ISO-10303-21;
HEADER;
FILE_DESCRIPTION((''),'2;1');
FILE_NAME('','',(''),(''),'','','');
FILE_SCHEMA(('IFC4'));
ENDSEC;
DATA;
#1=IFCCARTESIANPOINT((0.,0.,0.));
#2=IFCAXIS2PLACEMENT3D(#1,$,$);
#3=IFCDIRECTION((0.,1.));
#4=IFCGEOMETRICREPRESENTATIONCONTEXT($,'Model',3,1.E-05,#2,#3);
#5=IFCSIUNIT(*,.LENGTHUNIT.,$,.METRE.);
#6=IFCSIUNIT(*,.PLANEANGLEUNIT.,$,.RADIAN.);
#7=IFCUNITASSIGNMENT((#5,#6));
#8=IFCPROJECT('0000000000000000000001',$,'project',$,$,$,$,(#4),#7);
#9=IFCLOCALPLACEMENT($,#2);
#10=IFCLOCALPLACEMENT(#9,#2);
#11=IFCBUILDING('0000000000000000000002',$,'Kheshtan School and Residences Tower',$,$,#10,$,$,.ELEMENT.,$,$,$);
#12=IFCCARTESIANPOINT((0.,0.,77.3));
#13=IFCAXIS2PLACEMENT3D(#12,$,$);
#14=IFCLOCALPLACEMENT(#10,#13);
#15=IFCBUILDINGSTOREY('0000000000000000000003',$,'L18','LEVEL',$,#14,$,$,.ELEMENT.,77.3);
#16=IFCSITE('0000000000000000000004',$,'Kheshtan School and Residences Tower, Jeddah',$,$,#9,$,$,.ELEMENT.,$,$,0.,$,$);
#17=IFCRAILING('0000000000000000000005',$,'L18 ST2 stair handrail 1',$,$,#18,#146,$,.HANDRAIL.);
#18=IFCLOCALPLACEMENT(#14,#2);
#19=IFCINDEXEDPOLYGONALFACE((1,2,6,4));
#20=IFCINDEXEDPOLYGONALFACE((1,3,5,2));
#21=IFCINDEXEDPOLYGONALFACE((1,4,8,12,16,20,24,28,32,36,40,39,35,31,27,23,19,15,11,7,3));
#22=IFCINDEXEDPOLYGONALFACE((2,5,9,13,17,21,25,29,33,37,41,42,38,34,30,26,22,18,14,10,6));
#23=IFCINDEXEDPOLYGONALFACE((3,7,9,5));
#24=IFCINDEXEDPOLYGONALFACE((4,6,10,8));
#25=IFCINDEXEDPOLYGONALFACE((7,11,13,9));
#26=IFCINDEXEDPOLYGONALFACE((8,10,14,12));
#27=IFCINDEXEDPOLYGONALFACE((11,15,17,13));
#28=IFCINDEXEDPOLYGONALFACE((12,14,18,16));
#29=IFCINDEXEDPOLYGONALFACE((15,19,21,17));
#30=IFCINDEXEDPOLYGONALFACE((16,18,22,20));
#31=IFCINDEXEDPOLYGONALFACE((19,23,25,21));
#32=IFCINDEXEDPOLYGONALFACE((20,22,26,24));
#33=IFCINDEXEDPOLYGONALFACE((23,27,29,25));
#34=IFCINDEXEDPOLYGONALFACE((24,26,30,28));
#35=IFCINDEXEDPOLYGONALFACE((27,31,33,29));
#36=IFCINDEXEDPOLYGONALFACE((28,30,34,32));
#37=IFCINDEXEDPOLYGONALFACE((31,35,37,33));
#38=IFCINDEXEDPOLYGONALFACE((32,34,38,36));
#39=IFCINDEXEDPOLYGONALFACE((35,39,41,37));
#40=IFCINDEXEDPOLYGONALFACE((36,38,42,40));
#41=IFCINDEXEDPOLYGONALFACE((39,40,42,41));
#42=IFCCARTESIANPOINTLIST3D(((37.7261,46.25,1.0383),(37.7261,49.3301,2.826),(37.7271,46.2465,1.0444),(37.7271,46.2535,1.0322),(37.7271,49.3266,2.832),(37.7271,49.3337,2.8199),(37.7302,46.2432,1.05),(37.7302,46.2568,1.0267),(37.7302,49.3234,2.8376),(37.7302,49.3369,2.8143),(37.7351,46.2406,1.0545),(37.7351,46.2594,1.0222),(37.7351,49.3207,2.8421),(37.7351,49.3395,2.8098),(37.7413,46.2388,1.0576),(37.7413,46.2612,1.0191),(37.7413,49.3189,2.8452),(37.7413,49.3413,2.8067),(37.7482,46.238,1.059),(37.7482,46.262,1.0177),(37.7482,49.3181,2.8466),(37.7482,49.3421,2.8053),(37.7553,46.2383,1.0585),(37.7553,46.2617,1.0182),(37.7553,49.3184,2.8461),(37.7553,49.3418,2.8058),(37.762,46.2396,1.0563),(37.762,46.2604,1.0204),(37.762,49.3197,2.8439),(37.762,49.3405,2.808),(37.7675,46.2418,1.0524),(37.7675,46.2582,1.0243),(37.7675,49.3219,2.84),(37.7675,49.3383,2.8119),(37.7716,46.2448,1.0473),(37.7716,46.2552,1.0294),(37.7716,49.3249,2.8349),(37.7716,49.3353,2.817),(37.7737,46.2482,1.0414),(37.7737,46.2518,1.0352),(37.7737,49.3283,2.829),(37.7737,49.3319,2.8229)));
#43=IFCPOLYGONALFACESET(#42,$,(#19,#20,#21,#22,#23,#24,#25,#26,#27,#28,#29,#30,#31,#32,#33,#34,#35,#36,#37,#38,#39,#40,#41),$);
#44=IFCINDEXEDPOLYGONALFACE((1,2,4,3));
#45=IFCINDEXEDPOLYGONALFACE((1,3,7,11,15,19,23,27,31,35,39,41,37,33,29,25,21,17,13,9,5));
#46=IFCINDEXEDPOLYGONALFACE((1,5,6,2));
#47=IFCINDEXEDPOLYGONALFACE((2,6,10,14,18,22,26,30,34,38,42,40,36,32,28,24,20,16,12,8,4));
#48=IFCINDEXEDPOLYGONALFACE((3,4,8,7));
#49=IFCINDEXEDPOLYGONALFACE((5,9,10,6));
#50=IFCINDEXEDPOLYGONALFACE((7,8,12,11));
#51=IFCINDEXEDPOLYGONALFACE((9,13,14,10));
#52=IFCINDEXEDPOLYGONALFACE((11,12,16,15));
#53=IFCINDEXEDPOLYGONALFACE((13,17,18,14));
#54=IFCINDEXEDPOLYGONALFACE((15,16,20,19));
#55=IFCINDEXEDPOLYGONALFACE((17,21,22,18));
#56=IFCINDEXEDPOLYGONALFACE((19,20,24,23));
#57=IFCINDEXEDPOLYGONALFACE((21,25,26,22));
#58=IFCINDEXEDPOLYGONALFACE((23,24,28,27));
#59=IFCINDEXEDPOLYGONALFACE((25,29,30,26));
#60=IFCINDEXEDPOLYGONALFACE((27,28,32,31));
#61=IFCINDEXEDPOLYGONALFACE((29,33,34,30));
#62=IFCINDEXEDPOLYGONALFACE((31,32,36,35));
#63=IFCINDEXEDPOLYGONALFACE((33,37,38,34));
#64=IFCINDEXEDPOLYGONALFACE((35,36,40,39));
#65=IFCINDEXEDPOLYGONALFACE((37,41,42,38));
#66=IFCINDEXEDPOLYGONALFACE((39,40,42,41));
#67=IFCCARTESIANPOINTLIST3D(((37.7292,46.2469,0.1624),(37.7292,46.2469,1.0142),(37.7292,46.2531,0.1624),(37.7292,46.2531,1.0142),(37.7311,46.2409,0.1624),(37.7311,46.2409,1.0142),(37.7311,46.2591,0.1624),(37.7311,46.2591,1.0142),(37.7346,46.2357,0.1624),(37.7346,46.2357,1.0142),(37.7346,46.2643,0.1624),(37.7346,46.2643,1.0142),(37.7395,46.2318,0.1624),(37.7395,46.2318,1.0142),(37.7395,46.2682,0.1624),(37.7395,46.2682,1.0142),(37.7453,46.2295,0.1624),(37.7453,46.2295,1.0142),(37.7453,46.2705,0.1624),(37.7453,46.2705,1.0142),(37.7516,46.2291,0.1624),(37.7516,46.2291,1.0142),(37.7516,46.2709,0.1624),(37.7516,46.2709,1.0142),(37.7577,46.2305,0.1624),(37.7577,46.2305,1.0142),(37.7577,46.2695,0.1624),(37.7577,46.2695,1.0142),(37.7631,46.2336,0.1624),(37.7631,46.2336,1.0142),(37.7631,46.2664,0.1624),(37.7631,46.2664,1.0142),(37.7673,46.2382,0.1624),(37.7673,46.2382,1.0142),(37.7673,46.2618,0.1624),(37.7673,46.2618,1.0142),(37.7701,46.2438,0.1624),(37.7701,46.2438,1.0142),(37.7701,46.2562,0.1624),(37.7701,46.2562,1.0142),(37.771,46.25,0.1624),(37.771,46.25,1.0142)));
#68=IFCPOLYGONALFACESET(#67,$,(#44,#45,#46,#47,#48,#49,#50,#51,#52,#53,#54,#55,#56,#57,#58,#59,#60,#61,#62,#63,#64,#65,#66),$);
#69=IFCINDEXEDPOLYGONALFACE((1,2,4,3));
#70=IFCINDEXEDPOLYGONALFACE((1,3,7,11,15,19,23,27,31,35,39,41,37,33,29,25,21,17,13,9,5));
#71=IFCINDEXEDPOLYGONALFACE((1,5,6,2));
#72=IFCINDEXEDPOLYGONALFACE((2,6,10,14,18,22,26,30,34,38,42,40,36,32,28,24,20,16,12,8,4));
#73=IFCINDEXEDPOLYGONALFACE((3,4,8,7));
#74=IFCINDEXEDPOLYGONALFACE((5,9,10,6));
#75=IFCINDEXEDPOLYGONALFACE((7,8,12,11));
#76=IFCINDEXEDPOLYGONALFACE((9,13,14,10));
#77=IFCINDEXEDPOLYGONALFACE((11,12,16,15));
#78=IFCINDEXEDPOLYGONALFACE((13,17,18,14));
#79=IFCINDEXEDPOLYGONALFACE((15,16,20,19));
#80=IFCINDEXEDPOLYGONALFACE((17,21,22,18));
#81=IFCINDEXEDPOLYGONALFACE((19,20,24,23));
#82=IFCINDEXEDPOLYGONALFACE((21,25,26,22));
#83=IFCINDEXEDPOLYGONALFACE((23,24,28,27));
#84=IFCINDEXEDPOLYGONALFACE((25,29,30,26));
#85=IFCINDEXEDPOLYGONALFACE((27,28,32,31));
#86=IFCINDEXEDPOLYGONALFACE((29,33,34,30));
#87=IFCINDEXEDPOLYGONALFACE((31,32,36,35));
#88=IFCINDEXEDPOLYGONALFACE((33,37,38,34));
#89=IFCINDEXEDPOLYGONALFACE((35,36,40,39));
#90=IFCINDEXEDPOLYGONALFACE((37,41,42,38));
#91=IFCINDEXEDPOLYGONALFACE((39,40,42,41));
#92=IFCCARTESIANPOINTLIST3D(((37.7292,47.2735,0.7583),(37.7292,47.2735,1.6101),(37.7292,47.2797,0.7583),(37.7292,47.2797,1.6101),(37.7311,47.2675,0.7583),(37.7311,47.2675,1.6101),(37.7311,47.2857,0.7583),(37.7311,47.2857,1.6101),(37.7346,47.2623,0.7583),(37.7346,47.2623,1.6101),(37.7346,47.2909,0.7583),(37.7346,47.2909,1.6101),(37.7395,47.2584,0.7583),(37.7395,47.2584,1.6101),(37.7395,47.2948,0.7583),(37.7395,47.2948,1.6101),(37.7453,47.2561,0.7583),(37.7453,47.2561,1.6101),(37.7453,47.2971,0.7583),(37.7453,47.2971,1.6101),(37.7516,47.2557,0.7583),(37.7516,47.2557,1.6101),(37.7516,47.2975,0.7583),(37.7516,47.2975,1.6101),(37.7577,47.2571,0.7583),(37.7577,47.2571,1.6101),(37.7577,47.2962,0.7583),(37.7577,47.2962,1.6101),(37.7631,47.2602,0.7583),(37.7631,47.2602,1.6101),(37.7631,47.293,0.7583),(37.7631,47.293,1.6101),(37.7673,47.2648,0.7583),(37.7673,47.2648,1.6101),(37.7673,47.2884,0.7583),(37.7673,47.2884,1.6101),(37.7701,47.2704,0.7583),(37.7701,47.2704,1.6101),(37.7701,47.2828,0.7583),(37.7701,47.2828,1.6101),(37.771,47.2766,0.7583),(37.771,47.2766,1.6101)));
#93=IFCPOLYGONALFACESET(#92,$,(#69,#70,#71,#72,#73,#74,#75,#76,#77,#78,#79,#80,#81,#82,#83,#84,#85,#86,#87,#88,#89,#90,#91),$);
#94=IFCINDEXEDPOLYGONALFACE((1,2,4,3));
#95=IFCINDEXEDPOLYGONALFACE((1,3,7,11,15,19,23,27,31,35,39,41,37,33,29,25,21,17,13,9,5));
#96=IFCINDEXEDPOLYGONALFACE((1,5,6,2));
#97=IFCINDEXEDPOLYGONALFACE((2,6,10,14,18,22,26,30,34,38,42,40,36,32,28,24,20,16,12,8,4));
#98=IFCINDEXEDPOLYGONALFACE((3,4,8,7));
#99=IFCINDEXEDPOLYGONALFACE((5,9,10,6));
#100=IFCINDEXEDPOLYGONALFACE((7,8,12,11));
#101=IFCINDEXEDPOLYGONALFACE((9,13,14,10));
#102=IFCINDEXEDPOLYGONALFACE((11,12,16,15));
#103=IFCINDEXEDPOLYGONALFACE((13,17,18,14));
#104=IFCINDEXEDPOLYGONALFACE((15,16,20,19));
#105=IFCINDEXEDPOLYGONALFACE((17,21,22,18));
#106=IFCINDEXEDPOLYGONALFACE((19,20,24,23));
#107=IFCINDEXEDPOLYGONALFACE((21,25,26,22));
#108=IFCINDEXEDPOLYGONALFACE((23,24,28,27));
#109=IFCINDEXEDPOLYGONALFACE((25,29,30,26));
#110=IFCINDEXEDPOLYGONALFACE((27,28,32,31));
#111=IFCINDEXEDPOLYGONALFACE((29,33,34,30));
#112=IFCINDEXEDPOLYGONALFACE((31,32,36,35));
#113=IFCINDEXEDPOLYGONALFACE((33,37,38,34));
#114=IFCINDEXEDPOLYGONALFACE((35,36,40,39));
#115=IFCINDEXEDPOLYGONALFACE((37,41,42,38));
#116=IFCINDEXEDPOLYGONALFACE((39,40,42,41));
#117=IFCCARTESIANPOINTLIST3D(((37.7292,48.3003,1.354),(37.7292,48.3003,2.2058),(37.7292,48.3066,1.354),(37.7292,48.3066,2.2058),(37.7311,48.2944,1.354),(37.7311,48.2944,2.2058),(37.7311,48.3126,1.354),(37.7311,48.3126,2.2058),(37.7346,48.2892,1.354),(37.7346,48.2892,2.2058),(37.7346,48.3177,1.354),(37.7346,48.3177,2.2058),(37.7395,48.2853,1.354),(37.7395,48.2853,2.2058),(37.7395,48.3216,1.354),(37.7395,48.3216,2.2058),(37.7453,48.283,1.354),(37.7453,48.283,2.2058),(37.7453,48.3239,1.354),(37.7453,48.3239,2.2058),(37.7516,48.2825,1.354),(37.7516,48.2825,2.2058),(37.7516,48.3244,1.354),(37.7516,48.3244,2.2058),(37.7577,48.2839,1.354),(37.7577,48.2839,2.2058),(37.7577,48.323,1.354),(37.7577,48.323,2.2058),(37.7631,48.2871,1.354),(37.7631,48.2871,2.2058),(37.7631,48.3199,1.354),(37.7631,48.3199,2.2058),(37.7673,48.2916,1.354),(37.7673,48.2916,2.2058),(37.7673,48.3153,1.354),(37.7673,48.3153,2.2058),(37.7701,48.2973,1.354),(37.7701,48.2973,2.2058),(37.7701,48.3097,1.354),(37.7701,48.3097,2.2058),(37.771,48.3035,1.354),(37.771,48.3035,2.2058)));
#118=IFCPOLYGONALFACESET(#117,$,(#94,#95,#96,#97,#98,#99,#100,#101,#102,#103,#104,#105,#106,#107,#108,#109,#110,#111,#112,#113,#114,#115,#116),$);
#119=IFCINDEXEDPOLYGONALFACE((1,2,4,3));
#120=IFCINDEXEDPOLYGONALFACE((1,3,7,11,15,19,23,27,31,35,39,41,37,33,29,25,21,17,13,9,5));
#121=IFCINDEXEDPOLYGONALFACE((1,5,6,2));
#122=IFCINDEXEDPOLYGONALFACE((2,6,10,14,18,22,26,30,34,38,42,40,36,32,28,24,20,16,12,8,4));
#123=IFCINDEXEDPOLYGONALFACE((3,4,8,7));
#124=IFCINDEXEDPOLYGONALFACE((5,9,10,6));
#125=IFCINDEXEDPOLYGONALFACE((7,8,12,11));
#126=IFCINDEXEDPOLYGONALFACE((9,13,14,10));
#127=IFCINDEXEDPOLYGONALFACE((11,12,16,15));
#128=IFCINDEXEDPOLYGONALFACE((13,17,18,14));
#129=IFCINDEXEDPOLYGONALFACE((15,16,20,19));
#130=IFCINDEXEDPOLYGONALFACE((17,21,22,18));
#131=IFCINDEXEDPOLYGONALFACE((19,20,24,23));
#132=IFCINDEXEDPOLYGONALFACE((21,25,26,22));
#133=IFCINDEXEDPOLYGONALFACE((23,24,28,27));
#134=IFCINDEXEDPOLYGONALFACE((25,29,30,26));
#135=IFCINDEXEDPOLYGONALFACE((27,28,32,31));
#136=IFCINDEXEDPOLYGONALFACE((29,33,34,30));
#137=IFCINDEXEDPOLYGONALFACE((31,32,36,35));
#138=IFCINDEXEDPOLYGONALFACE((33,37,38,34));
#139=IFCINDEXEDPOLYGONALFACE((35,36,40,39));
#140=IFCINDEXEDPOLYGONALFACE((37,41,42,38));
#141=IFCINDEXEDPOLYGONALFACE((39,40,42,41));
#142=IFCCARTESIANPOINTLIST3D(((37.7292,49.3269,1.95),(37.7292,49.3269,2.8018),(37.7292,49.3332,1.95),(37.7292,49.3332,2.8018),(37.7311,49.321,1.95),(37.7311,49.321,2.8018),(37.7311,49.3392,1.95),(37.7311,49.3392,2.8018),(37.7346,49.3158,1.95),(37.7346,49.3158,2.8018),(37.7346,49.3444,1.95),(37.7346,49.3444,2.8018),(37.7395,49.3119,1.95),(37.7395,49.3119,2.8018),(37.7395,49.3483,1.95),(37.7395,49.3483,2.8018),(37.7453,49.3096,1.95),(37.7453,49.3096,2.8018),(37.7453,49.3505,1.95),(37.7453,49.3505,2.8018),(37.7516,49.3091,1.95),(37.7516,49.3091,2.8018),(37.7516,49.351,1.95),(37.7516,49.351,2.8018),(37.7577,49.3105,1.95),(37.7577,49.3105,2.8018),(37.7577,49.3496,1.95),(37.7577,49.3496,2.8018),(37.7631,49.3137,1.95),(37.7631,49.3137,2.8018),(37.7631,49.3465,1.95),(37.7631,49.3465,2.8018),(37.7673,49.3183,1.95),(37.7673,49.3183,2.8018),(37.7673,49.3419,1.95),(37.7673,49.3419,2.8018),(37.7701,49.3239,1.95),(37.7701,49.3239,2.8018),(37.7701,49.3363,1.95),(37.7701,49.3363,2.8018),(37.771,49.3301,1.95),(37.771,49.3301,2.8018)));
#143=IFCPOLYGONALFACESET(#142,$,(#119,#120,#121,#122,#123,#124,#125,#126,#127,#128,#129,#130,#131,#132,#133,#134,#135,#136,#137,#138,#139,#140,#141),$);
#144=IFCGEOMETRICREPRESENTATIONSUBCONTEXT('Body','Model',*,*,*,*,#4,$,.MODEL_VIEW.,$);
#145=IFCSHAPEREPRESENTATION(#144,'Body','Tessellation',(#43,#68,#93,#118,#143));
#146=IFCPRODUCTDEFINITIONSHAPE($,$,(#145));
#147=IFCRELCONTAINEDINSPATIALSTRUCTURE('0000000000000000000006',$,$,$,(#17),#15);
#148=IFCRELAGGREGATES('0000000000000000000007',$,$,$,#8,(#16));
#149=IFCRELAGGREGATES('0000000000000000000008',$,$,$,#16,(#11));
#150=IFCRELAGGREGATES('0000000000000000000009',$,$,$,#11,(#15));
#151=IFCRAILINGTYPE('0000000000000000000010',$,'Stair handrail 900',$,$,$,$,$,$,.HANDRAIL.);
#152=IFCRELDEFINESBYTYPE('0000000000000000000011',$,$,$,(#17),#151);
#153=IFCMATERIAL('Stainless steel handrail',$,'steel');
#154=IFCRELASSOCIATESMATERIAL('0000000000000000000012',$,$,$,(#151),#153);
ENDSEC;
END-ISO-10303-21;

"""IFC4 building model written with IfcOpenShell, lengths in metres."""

from ifc_helpers import new_model, si_unit, direction, frame, origin, origin_2d, place, context, subcontext, project, spatial, circle, extrude, material, type_object, element, save


model = new_model("IFC4")

# Units and contexts
model_context = context("Model", 3, precision=1e-05, world=origin(), true_north=direction((0.0, 1.0)))
body_context = subcontext(model_context, "Body", "Model", "MODEL_VIEW")
ifc_project = project(units=[si_unit("LENGTHUNIT", "METRE"), si_unit("PLANEANGLEUNIT", "RADIAN")], contexts=[model_context])

# Site, building, storey
site_placement = place(None, origin())
site = spatial("IfcSite", under=ifc_project, at=site_placement, Name="Kheshtan School and Residences Tower, Jeddah", CompositionType="ELEMENT", RefElevation=0.0)
building_placement = place(site_placement, origin())
building = spatial("IfcBuilding", under=site, at=building_placement, Name="Kheshtan School and Residences Tower", CompositionType="ELEMENT")
storey_placement = place(building_placement, frame((0.0, 0.0, 77.3)))
storey = spatial("IfcBuildingStorey", under=building, at=storey_placement, Name="L18", Description="LEVEL", CompositionType="ELEMENT", Elevation=77.3)

# Railing
ifc_material_1 = material(Name="Stainless steel handrail", Category="steel")
railing_type = type_object("IfcRailingType", Name="Stair handrail 900", PredefinedType="HANDRAIL", material=ifc_material_1)
railing_placement = place(storey_placement, frame((37.75, 46.25, 0.1624)))
element("IfcRailing", 1, at=railing_placement, inside=storey, type_object=railing_type, Name="L18 ST2 stair handrail 1", PredefinedType="HANDRAIL", context=body_context, shape_type="SweptSolid", body=[
    extrude(circle(Radius=0.0239, at=origin_2d()), frame((0.0, 0.0, 0.876), z_axis=(0.0, 0.864891, 0.50196), x_axis=(-1.0, 0.0, 0.0)), (0.0, 0.0, 1.0), 3.5613),
    extrude(circle(Radius=0.021, at=origin_2d()), origin(), (0.0, 0.0, 1.0), 0.8518),
    extrude(circle(Radius=0.021, at=origin_2d()), frame((0.0, 1.0266, 0.5959)), (0.0, 0.0, 1.0), 0.8518),
    extrude(circle(Radius=0.021, at=origin_2d()), frame((0.0, 2.0535, 1.1917)), (0.0, 0.0, 1.0), 0.8518),
    extrude(circle(Radius=0.021, at=origin_2d()), frame((0.0, 3.0801, 1.7876)), (0.0, 0.0, 1.0), 0.8518),
])

save(model, "model.ifc")
